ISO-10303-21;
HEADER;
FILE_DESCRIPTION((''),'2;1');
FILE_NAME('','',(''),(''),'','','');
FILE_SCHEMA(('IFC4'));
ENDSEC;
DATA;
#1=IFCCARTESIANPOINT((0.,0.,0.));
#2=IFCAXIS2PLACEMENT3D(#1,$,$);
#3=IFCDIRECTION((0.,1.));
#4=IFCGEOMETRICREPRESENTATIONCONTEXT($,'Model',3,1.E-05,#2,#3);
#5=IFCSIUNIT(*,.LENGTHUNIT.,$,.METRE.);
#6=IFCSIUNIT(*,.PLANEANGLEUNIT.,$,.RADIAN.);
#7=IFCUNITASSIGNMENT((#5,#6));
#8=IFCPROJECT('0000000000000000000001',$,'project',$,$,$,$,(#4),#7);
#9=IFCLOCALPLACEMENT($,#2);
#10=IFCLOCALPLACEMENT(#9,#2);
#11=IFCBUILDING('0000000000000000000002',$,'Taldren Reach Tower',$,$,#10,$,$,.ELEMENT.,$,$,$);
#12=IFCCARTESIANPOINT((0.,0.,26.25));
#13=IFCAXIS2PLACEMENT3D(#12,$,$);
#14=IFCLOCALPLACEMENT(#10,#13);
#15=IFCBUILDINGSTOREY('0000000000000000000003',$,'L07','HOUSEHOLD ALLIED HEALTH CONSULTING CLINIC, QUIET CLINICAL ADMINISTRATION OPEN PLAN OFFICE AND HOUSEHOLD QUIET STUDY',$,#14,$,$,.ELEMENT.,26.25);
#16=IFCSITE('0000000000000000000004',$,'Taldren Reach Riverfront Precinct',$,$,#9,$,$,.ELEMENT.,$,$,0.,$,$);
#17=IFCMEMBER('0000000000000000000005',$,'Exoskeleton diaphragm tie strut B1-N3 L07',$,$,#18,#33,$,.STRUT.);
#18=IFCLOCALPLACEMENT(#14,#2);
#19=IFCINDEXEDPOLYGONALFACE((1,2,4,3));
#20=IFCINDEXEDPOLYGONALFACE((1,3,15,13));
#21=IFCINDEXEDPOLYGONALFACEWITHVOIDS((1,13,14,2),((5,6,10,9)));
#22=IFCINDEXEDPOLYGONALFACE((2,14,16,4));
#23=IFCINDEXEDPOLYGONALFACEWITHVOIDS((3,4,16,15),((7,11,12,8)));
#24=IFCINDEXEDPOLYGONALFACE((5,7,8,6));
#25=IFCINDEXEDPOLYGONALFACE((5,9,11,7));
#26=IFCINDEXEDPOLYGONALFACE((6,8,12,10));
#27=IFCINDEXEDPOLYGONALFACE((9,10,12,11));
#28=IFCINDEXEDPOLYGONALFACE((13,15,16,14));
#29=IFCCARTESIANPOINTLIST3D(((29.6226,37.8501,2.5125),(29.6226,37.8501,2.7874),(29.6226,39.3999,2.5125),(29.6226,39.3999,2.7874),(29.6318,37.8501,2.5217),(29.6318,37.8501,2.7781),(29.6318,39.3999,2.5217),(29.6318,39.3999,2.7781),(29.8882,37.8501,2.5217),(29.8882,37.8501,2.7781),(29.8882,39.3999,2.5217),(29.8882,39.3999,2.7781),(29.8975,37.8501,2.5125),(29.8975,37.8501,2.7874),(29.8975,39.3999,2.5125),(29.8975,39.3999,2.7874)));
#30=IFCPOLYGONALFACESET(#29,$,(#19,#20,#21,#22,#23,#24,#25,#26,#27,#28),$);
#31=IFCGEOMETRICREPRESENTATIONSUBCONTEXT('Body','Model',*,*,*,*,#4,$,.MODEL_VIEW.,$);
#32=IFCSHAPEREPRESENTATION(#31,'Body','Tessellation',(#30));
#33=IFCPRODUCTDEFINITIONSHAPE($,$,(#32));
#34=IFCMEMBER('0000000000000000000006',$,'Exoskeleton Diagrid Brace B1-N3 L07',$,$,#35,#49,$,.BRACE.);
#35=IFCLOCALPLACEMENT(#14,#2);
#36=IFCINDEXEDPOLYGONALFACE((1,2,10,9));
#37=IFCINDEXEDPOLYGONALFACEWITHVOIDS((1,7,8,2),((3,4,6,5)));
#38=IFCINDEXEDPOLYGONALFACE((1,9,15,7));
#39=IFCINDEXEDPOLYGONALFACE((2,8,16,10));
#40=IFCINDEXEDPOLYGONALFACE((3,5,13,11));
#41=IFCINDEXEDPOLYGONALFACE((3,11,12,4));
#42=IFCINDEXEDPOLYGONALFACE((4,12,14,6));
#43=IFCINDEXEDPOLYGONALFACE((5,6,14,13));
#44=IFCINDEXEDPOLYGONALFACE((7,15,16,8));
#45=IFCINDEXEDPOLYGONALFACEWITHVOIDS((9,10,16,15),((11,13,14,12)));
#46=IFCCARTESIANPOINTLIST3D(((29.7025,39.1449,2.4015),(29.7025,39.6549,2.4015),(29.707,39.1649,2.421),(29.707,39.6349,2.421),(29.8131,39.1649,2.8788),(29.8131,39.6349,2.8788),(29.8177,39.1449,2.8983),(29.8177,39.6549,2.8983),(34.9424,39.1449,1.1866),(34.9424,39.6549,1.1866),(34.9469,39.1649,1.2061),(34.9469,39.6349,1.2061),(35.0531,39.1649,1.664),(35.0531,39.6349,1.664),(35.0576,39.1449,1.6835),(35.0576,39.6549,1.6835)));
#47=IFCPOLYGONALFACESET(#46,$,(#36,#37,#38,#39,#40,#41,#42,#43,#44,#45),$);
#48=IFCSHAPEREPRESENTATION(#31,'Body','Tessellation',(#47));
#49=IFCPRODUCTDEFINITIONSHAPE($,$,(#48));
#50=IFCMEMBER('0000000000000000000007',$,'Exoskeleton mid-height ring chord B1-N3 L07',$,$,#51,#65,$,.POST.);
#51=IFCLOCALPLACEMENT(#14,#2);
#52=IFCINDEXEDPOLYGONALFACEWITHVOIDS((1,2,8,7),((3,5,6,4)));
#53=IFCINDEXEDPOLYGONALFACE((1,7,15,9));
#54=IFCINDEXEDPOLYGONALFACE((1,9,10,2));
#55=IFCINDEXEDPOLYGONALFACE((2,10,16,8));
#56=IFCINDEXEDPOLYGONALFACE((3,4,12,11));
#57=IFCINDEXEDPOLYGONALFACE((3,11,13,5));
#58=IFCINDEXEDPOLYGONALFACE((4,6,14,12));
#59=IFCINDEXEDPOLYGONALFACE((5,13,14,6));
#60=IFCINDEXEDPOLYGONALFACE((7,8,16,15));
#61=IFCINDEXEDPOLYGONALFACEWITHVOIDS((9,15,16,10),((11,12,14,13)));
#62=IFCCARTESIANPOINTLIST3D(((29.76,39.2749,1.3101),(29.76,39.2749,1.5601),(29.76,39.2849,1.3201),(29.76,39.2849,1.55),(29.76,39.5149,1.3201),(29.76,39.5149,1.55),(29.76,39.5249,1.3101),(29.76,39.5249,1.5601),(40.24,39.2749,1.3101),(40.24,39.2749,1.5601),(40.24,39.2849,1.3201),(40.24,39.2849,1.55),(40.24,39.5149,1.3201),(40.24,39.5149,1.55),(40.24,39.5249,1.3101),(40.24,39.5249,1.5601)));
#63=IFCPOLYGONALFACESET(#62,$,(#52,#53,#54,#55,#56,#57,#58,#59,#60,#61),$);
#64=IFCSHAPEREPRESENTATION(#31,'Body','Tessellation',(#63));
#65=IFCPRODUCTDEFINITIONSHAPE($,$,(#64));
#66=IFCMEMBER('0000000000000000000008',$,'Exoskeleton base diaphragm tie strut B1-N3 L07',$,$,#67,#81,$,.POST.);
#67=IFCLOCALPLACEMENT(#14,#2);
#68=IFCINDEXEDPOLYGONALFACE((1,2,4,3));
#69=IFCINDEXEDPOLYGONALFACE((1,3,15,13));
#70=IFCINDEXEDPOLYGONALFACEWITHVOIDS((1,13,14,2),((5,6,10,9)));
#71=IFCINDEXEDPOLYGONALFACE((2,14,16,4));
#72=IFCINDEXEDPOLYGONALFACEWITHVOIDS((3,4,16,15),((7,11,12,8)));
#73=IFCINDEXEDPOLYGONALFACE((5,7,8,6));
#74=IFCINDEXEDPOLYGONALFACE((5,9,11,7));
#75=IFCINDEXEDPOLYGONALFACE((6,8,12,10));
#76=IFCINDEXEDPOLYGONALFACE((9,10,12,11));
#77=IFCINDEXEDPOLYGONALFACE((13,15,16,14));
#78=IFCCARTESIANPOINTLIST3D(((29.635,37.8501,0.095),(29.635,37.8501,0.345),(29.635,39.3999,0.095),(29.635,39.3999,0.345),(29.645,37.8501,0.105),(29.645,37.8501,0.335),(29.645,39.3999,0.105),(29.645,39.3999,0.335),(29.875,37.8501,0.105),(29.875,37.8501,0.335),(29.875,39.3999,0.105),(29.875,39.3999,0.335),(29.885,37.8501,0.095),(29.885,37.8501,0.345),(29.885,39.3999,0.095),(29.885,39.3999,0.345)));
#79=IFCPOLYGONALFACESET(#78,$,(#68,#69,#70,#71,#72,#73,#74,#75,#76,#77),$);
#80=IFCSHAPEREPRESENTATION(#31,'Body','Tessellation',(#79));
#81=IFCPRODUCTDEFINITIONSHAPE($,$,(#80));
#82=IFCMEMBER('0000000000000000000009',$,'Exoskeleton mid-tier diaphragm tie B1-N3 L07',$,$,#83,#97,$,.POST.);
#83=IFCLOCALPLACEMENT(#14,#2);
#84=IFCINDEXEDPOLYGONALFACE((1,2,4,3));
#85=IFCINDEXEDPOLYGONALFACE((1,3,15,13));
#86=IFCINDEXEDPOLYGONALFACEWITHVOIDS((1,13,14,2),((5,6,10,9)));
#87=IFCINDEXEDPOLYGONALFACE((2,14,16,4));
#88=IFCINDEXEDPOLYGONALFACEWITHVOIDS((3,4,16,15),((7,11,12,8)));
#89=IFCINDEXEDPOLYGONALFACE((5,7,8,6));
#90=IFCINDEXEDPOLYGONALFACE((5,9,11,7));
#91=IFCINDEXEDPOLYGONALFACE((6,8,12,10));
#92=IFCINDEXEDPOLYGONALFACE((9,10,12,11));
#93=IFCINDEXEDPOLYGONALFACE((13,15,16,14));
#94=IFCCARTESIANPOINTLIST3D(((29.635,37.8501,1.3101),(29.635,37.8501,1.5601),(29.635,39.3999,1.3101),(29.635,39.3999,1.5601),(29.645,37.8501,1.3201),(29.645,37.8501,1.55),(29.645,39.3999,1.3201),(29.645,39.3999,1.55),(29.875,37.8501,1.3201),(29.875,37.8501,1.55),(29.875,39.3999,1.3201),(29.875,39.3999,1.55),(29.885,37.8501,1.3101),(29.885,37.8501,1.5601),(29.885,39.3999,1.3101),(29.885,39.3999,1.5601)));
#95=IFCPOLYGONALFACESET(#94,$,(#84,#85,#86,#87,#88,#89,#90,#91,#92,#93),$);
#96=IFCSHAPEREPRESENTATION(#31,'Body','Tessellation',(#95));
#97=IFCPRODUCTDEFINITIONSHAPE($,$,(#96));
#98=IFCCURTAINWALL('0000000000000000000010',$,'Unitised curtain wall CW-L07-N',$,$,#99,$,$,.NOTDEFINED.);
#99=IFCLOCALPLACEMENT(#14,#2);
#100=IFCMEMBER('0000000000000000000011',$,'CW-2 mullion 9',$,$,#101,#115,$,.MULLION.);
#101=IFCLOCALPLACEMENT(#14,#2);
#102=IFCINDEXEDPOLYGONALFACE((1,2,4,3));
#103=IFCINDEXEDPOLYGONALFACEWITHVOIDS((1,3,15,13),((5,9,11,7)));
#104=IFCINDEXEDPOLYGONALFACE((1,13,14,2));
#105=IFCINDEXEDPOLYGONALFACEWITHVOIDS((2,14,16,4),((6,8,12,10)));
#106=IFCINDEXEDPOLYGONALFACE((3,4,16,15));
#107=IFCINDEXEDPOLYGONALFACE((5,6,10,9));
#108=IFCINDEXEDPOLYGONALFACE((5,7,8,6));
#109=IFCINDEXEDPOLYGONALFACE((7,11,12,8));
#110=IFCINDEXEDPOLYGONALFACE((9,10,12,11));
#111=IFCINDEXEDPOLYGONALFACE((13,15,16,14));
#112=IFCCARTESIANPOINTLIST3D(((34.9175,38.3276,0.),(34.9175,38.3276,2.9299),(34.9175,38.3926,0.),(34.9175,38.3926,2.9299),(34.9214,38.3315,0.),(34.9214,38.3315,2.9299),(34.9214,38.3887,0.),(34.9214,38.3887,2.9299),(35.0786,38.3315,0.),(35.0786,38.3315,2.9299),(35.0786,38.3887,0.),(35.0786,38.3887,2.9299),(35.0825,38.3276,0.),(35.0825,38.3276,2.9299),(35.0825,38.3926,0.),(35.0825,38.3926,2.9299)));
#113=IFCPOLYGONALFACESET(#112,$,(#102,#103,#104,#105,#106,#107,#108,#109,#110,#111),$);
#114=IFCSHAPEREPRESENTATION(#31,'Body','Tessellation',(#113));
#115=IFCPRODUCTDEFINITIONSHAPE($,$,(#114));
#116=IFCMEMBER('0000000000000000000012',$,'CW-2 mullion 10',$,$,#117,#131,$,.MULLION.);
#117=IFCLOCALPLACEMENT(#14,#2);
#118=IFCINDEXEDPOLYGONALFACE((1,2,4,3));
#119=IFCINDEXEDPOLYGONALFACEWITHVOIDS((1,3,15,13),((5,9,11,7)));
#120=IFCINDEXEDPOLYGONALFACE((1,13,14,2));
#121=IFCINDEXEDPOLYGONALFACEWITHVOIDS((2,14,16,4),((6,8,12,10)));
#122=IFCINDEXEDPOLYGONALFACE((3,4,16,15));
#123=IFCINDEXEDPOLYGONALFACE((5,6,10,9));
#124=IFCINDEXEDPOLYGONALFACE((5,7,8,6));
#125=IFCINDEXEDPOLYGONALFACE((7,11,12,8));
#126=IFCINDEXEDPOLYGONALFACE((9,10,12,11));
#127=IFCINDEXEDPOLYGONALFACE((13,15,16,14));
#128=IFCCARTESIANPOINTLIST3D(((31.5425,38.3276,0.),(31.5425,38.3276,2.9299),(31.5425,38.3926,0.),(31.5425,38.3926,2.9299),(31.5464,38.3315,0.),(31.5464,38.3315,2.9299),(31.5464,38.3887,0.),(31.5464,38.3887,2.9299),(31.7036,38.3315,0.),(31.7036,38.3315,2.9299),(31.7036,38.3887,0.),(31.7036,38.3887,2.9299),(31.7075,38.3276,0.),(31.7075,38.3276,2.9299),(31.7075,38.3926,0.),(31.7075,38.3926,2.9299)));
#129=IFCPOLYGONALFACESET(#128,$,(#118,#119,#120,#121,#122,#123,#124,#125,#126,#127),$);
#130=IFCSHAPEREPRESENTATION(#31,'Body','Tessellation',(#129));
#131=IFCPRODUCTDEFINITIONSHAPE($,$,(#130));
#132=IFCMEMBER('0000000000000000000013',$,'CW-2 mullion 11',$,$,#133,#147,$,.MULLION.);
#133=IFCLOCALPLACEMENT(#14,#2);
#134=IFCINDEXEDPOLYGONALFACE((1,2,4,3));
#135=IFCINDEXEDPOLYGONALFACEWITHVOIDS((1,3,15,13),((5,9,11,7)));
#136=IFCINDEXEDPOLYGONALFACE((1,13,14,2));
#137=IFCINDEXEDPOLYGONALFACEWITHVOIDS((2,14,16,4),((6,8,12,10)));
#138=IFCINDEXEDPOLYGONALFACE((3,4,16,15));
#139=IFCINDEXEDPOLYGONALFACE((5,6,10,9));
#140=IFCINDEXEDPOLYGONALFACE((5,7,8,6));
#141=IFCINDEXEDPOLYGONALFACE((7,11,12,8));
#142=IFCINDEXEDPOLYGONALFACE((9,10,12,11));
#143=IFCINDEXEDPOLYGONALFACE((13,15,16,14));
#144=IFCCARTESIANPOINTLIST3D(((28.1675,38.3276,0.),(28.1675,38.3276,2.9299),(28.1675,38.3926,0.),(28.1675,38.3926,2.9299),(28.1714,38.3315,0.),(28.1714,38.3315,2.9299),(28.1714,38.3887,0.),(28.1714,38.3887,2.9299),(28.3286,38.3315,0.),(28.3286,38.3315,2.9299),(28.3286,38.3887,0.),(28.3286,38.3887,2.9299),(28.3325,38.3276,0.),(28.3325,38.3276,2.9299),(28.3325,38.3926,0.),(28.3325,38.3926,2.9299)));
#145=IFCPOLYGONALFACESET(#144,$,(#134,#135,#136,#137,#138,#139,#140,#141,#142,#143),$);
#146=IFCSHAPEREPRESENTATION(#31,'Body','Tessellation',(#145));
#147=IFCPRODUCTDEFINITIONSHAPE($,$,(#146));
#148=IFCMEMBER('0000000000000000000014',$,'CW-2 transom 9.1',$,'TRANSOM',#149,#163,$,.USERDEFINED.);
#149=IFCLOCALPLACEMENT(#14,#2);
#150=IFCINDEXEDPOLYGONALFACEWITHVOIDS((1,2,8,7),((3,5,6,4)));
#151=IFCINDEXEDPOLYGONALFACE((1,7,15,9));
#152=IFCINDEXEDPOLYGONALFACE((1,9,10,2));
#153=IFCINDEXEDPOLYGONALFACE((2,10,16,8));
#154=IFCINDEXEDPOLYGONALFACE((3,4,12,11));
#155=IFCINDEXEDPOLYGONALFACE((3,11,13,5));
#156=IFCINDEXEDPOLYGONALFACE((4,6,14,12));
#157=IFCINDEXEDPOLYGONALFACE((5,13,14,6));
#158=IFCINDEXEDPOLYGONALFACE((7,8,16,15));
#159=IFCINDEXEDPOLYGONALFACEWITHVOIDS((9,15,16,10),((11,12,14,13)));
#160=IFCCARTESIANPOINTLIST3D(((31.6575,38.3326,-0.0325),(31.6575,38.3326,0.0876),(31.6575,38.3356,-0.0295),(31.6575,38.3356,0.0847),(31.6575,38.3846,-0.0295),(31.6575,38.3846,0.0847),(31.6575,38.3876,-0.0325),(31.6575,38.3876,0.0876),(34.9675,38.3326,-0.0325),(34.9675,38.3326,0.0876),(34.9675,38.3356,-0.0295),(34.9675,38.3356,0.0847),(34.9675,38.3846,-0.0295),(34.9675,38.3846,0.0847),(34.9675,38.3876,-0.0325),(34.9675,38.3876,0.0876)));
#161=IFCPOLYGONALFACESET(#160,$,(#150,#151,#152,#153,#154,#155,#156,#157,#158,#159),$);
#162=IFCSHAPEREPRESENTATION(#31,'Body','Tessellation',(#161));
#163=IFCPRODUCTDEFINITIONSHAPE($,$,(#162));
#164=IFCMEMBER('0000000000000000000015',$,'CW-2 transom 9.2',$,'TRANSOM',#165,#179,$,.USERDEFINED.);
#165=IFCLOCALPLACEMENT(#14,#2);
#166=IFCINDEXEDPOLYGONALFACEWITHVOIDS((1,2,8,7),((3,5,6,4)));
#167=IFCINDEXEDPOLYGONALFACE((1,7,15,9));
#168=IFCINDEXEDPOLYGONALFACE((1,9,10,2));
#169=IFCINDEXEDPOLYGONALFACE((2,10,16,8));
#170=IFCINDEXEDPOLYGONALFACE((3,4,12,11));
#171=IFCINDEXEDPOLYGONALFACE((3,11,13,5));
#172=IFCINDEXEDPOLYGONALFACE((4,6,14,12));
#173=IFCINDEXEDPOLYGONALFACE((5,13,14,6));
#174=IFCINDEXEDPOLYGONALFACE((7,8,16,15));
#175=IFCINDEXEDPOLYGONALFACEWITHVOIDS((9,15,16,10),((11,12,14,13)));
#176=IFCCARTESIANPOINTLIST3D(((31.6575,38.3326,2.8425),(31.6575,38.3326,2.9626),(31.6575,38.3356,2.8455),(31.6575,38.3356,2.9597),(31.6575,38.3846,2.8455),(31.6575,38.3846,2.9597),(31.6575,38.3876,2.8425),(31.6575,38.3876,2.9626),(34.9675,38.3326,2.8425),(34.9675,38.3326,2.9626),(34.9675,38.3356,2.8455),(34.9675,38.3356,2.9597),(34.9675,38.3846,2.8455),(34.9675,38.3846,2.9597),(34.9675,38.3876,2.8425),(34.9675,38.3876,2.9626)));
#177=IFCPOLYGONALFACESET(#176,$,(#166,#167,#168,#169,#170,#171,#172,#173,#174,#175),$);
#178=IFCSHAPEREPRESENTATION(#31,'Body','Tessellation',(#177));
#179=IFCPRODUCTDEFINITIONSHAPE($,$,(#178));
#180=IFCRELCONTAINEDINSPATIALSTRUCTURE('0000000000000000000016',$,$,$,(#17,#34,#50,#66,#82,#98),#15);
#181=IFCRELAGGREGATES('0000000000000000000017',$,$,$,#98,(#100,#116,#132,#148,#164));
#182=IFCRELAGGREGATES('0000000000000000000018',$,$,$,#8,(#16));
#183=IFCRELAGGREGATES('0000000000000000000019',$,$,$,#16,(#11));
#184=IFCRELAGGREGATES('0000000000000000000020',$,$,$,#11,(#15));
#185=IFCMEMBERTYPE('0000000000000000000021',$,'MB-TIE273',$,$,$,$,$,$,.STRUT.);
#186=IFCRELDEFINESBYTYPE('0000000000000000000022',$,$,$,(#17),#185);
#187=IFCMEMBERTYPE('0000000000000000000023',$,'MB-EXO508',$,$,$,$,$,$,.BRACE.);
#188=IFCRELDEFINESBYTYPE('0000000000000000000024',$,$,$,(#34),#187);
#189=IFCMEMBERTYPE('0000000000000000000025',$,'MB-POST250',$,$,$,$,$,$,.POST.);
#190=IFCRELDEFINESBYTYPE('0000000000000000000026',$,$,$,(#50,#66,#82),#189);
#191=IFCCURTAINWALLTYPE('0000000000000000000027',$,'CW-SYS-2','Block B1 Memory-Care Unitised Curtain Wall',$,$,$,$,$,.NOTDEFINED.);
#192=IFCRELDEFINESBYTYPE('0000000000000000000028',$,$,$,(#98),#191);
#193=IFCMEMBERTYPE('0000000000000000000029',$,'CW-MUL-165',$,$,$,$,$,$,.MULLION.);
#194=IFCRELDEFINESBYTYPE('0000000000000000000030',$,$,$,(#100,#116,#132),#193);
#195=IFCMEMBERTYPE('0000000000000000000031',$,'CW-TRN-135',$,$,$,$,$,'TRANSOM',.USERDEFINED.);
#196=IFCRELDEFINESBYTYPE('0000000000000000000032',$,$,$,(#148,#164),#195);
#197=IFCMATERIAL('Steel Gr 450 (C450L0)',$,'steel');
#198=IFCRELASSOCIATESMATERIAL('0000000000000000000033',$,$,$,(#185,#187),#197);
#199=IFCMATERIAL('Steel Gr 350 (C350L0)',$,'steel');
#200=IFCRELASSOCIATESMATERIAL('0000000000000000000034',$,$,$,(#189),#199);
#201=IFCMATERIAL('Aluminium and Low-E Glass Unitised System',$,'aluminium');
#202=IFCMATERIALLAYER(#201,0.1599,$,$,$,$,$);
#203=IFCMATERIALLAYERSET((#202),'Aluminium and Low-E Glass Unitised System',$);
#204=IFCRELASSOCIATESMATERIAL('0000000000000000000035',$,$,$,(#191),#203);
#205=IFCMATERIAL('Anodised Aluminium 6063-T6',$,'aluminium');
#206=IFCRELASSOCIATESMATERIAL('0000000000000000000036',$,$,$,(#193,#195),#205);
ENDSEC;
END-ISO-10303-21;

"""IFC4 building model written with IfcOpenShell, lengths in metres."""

from ifc_helpers import new_model, si_unit, direction, frame, origin, origin_2d, place, context, subcontext, project, spatial, hollow_rectangle, extrude, source, transform, mapped, material, layer, layer_set, material_profile, profile_set, type_object, element, aggregate, save


model = new_model("IFC4")

# Units and contexts
model_context = context("Model", 3, precision=1e-05, world=origin(), true_north=direction((0.0, 1.0)))
body_context = subcontext(model_context, "Body", "Model", "MODEL_VIEW")
ifc_project = project(units=[si_unit("LENGTHUNIT", "METRE"), si_unit("PLANEANGLEUNIT", "RADIAN")], contexts=[model_context])

# Site, building, storey
site_placement = place(None, origin())
site = spatial("IfcSite", under=ifc_project, at=site_placement, Name="Taldren Reach Riverfront Precinct", CompositionType="ELEMENT", RefElevation=0.0)
building_placement = place(site_placement, origin())
building = spatial("IfcBuilding", under=site, at=building_placement, Name="Taldren Reach Tower", CompositionType="ELEMENT")
storey_placement = place(building_placement, frame((0.0, 0.0, 26.25)))
storey = spatial("IfcBuildingStorey", under=building, at=storey_placement, Name="L07", Description="HOUSEHOLD ALLIED HEALTH CONSULTING CLINIC, QUIET CLINICAL ADMINISTRATION OPEN PLAN OFFICE AND HOUSEHOLD QUIET STUDY", CompositionType="ELEMENT", Elevation=26.25)

# Members
ifc_material_1 = material(Name="Steel Gr 450 (C450L0)", Category="steel")
ifc_material_profile_1 = material_profile(ifc_material_1, hollow_rectangle(XDim=0.2749, YDim=0.2749, WallThickness=0.0093, at=origin_2d()), Name="275x275x9.3SHS")
ifc_profile_set_1 = profile_set([ifc_material_profile_1], Name="Steel Gr 450 (C450L0)")
member_type_1 = type_object("IfcMemberType", Name="MB-TIE273", PredefinedType="STRUT", material=ifc_profile_set_1)
shared_shape_1 = source(origin(), body_context, "Body", "SweptSolid", [
    extrude(hollow_rectangle(XDim=0.2749, YDim=0.2749, WallThickness=0.0093, at=origin_2d()), origin(), (0.0, 0.0, 1.0), 1.5498),
])
member_1_placement = place(storey_placement, frame((29.76, 37.8501, 2.6499), z_axis=(0.0, 1.0, 0.0), x_axis=(-1.0, 0.0, 0.0)))
element("IfcMember", 1, at=member_1_placement, inside=storey, type_object=member_type_1, Name="Exoskeleton diaphragm tie strut B1-N3 L07", PredefinedType="STRUT", context=body_context, shape_type="MappedRepresentation", body=[
    mapped(shared_shape_1, transform((0.0, 0.0, 0.0), scale=1.0)),
])
ifc_material_profile_2 = material_profile(ifc_material_1, hollow_rectangle(XDim=0.51, YDim=0.51, WallThickness=0.02, at=origin_2d()), Name="510x510x20.0SHS")
ifc_profile_set_2 = profile_set([ifc_material_profile_2], Name="Steel Gr 450 (C450L0)")
member_type_2 = type_object("IfcMemberType", Name="MB-EXO508", PredefinedType="BRACE", material=ifc_profile_set_2)
shared_shape_2 = source(origin(), body_context, "Body", "SweptSolid", [
    extrude(hollow_rectangle(XDim=0.51, YDim=0.51, WallThickness=0.02, at=origin_2d()), origin(), (0.0, 0.0, 1.0), 5.3789),
])
member_2_placement = place(storey_placement, frame((35.0, 39.3999, 1.4351), z_axis=(-0.974162, 0.0, 0.225851), x_axis=(0.0, -1.0, 0.0)))
element("IfcMember", 2, at=member_2_placement, inside=storey, type_object=member_type_2, Name="Exoskeleton Diagrid Brace B1-N3 L07", PredefinedType="BRACE", context=body_context, shape_type="MappedRepresentation", body=[
    mapped(shared_shape_2, transform((0.0, 0.0, 0.0), scale=1.0)),
])
ifc_material_2 = material(Name="Steel Gr 350 (C350L0)", Category="steel")
ifc_material_profile_3 = material_profile(ifc_material_2, hollow_rectangle(XDim=0.25, YDim=0.25, WallThickness=0.01, at=origin_2d()), Name="250x250x10.0SHS")
ifc_profile_set_3 = profile_set([ifc_material_profile_3], Name="Steel Gr 350 (C350L0)")
member_type_3 = type_object("IfcMemberType", Name="MB-POST250", PredefinedType="POST", material=ifc_profile_set_3)
shared_shape_3 = source(origin(), body_context, "Body", "SweptSolid", [
    extrude(hollow_rectangle(XDim=0.25, YDim=0.25, WallThickness=0.01, at=origin_2d()), origin(), (0.0, 0.0, 1.0), 10.48),
])
member_3_placement = place(storey_placement, frame((29.76, 39.3999, 1.4351), z_axis=(1.0, 0.0, 0.0), x_axis=(0.0, 1.0, 0.0)))
element("IfcMember", 3, at=member_3_placement, inside=storey, type_object=member_type_3, Name="Exoskeleton mid-height ring chord B1-N3 L07", PredefinedType="POST", context=body_context, shape_type="MappedRepresentation", body=[
    mapped(shared_shape_3, transform((0.0, 0.0, 0.0), scale=1.0)),
])
shared_shape_4 = source(origin(), body_context, "Body", "SweptSolid", [
    extrude(hollow_rectangle(XDim=0.25, YDim=0.25, WallThickness=0.01, at=origin_2d()), origin(), (0.0, 0.0, 1.0), 1.5498),
])
for number, where, z_axis, x_axis, name in (
    (4, (29.76, 37.8501, 0.22), (0.0, 1.0, 0.0), (-1.0, 0.0, 0.0), "Exoskeleton base diaphragm tie strut B1-N3 L07"),
    (5, (29.76, 37.8501, 1.4351), (0.0, 1.0, 0.0), (-1.0, 0.0, 0.0), "Exoskeleton mid-tier diaphragm tie B1-N3 L07"),
):
    element("IfcMember", number, at=place(storey_placement, frame(where, z_axis=z_axis, x_axis=x_axis)), inside=storey, type_object=member_type_3, Name=name, PredefinedType="POST", context=body_context, shape_type="MappedRepresentation", body=[
        mapped(shared_shape_4, transform((0.0, 0.0, 0.0), scale=1.0)),
    ])

# Curtain wall, members
ifc_material_3 = material(Name="Aluminium and Low-E Glass Unitised System", Category="aluminium")
ifc_layer_1 = layer(ifc_material_3, 0.1599)
ifc_layer_set_1 = layer_set([ifc_layer_1], Name="Aluminium and Low-E Glass Unitised System")
curtain_wall_type = type_object("IfcCurtainWallType", Name="CW-SYS-2", Description="Block B1 Memory-Care Unitised Curtain Wall", PredefinedType="NOTDEFINED", material=ifc_layer_set_1)
curtain_wall_placement = place(storey_placement, origin())
curtain_wall = element("IfcCurtainWall", 6, at=curtain_wall_placement, inside=storey, type_object=curtain_wall_type, Name="Unitised curtain wall CW-L07-N", PredefinedType="NOTDEFINED")
ifc_material_4 = material(Name="Anodised Aluminium 6063-T6", Category="aluminium")
ifc_material_profile_4 = material_profile(ifc_material_4, hollow_rectangle(XDim=0.0649, YDim=0.165, WallThickness=0.0039, at=origin_2d()), Name="ALU-165x65x4RHS")
ifc_profile_set_4 = profile_set([ifc_material_profile_4], Name="Anodised Aluminium 6063-T6")
member_type_4 = type_object("IfcMemberType", Name="CW-MUL-165", PredefinedType="MULLION", material=ifc_profile_set_4)
shared_shape_5 = source(origin(), body_context, "Body", "SweptSolid", [
    extrude(hollow_rectangle(XDim=0.0649, YDim=0.165, WallThickness=0.0039, at=origin_2d()), origin(), (0.0, 0.0, 1.0), 2.9299),
])
member_4_placement = place(storey_placement, frame((35.0, 38.3601, 0.0), z_axis=(0.0, 0.0, 1.0), x_axis=(0.0, -1.0, 0.0)))
member_4 = element("IfcMember", 7, at=member_4_placement, type_object=member_type_4, Name="CW-2 mullion 9", PredefinedType="MULLION", context=body_context, shape_type="MappedRepresentation", body=[
    mapped(shared_shape_5, transform((0.0, 0.0, 0.0), scale=1.0)),
])
member_5_placement = place(storey_placement, frame((31.625, 38.3601, 0.0), z_axis=(0.0, 0.0, 1.0), x_axis=(0.0, -1.0, 0.0)))
member_5 = element("IfcMember", 8, at=member_5_placement, type_object=member_type_4, Name="CW-2 mullion 10", PredefinedType="MULLION", context=body_context, shape_type="MappedRepresentation", body=[
    mapped(shared_shape_5, transform((0.0, 0.0, 0.0), scale=1.0)),
])
member_6_placement = place(storey_placement, frame((28.25, 38.3601, 0.0), z_axis=(0.0, 0.0, 1.0), x_axis=(0.0, -1.0, 0.0)))
member_6 = element("IfcMember", 9, at=member_6_placement, type_object=member_type_4, Name="CW-2 mullion 11", PredefinedType="MULLION", context=body_context, shape_type="MappedRepresentation", body=[
    mapped(shared_shape_5, transform((0.0, 0.0, 0.0), scale=1.0)),
])
ifc_material_profile_5 = material_profile(ifc_material_4, hollow_rectangle(XDim=0.0549, YDim=0.1201, WallThickness=0.0029, at=origin_2d()), Name="ALU-120x55x3RHS")
ifc_profile_set_5 = profile_set([ifc_material_profile_5], Name="Anodised Aluminium 6063-T6")
member_type_5 = type_object("IfcMemberType", Name="CW-TRN-135", ElementType="TRANSOM", PredefinedType="USERDEFINED", material=ifc_profile_set_5)
shared_shape_6 = source(origin(), body_context, "Body", "SweptSolid", [
    extrude(hollow_rectangle(XDim=0.0549, YDim=0.1201, WallThickness=0.0029, at=origin_2d()), origin(), (0.0, 0.0, 1.0), 3.3101),
])
member_7_placement = place(storey_placement, frame((34.9675, 38.3601, 0.0276), z_axis=(-1.0, 0.0, 0.0), x_axis=(0.0, -1.0, 0.0)))
member_7 = element("IfcMember", 10, at=member_7_placement, type_object=member_type_5, Name="CW-2 transom 9.1", ObjectType="TRANSOM", PredefinedType="USERDEFINED", context=body_context, shape_type="MappedRepresentation", body=[
    mapped(shared_shape_6, transform((0.0, 0.0, 0.0), scale=1.0)),
])
member_8_placement = place(storey_placement, frame((34.9675, 38.3601, 2.9026), z_axis=(-1.0, 0.0, 0.0), x_axis=(0.0, -1.0, 0.0)))
member_8 = element("IfcMember", 11, at=member_8_placement, type_object=member_type_5, Name="CW-2 transom 9.2", ObjectType="TRANSOM", PredefinedType="USERDEFINED", context=body_context, shape_type="MappedRepresentation", body=[
    mapped(shared_shape_6, transform((0.0, 0.0, 0.0), scale=1.0)),
])

aggregate(curtain_wall, [member_4, member_5, member_6, member_7, member_8])

save(model, "model.ifc")
